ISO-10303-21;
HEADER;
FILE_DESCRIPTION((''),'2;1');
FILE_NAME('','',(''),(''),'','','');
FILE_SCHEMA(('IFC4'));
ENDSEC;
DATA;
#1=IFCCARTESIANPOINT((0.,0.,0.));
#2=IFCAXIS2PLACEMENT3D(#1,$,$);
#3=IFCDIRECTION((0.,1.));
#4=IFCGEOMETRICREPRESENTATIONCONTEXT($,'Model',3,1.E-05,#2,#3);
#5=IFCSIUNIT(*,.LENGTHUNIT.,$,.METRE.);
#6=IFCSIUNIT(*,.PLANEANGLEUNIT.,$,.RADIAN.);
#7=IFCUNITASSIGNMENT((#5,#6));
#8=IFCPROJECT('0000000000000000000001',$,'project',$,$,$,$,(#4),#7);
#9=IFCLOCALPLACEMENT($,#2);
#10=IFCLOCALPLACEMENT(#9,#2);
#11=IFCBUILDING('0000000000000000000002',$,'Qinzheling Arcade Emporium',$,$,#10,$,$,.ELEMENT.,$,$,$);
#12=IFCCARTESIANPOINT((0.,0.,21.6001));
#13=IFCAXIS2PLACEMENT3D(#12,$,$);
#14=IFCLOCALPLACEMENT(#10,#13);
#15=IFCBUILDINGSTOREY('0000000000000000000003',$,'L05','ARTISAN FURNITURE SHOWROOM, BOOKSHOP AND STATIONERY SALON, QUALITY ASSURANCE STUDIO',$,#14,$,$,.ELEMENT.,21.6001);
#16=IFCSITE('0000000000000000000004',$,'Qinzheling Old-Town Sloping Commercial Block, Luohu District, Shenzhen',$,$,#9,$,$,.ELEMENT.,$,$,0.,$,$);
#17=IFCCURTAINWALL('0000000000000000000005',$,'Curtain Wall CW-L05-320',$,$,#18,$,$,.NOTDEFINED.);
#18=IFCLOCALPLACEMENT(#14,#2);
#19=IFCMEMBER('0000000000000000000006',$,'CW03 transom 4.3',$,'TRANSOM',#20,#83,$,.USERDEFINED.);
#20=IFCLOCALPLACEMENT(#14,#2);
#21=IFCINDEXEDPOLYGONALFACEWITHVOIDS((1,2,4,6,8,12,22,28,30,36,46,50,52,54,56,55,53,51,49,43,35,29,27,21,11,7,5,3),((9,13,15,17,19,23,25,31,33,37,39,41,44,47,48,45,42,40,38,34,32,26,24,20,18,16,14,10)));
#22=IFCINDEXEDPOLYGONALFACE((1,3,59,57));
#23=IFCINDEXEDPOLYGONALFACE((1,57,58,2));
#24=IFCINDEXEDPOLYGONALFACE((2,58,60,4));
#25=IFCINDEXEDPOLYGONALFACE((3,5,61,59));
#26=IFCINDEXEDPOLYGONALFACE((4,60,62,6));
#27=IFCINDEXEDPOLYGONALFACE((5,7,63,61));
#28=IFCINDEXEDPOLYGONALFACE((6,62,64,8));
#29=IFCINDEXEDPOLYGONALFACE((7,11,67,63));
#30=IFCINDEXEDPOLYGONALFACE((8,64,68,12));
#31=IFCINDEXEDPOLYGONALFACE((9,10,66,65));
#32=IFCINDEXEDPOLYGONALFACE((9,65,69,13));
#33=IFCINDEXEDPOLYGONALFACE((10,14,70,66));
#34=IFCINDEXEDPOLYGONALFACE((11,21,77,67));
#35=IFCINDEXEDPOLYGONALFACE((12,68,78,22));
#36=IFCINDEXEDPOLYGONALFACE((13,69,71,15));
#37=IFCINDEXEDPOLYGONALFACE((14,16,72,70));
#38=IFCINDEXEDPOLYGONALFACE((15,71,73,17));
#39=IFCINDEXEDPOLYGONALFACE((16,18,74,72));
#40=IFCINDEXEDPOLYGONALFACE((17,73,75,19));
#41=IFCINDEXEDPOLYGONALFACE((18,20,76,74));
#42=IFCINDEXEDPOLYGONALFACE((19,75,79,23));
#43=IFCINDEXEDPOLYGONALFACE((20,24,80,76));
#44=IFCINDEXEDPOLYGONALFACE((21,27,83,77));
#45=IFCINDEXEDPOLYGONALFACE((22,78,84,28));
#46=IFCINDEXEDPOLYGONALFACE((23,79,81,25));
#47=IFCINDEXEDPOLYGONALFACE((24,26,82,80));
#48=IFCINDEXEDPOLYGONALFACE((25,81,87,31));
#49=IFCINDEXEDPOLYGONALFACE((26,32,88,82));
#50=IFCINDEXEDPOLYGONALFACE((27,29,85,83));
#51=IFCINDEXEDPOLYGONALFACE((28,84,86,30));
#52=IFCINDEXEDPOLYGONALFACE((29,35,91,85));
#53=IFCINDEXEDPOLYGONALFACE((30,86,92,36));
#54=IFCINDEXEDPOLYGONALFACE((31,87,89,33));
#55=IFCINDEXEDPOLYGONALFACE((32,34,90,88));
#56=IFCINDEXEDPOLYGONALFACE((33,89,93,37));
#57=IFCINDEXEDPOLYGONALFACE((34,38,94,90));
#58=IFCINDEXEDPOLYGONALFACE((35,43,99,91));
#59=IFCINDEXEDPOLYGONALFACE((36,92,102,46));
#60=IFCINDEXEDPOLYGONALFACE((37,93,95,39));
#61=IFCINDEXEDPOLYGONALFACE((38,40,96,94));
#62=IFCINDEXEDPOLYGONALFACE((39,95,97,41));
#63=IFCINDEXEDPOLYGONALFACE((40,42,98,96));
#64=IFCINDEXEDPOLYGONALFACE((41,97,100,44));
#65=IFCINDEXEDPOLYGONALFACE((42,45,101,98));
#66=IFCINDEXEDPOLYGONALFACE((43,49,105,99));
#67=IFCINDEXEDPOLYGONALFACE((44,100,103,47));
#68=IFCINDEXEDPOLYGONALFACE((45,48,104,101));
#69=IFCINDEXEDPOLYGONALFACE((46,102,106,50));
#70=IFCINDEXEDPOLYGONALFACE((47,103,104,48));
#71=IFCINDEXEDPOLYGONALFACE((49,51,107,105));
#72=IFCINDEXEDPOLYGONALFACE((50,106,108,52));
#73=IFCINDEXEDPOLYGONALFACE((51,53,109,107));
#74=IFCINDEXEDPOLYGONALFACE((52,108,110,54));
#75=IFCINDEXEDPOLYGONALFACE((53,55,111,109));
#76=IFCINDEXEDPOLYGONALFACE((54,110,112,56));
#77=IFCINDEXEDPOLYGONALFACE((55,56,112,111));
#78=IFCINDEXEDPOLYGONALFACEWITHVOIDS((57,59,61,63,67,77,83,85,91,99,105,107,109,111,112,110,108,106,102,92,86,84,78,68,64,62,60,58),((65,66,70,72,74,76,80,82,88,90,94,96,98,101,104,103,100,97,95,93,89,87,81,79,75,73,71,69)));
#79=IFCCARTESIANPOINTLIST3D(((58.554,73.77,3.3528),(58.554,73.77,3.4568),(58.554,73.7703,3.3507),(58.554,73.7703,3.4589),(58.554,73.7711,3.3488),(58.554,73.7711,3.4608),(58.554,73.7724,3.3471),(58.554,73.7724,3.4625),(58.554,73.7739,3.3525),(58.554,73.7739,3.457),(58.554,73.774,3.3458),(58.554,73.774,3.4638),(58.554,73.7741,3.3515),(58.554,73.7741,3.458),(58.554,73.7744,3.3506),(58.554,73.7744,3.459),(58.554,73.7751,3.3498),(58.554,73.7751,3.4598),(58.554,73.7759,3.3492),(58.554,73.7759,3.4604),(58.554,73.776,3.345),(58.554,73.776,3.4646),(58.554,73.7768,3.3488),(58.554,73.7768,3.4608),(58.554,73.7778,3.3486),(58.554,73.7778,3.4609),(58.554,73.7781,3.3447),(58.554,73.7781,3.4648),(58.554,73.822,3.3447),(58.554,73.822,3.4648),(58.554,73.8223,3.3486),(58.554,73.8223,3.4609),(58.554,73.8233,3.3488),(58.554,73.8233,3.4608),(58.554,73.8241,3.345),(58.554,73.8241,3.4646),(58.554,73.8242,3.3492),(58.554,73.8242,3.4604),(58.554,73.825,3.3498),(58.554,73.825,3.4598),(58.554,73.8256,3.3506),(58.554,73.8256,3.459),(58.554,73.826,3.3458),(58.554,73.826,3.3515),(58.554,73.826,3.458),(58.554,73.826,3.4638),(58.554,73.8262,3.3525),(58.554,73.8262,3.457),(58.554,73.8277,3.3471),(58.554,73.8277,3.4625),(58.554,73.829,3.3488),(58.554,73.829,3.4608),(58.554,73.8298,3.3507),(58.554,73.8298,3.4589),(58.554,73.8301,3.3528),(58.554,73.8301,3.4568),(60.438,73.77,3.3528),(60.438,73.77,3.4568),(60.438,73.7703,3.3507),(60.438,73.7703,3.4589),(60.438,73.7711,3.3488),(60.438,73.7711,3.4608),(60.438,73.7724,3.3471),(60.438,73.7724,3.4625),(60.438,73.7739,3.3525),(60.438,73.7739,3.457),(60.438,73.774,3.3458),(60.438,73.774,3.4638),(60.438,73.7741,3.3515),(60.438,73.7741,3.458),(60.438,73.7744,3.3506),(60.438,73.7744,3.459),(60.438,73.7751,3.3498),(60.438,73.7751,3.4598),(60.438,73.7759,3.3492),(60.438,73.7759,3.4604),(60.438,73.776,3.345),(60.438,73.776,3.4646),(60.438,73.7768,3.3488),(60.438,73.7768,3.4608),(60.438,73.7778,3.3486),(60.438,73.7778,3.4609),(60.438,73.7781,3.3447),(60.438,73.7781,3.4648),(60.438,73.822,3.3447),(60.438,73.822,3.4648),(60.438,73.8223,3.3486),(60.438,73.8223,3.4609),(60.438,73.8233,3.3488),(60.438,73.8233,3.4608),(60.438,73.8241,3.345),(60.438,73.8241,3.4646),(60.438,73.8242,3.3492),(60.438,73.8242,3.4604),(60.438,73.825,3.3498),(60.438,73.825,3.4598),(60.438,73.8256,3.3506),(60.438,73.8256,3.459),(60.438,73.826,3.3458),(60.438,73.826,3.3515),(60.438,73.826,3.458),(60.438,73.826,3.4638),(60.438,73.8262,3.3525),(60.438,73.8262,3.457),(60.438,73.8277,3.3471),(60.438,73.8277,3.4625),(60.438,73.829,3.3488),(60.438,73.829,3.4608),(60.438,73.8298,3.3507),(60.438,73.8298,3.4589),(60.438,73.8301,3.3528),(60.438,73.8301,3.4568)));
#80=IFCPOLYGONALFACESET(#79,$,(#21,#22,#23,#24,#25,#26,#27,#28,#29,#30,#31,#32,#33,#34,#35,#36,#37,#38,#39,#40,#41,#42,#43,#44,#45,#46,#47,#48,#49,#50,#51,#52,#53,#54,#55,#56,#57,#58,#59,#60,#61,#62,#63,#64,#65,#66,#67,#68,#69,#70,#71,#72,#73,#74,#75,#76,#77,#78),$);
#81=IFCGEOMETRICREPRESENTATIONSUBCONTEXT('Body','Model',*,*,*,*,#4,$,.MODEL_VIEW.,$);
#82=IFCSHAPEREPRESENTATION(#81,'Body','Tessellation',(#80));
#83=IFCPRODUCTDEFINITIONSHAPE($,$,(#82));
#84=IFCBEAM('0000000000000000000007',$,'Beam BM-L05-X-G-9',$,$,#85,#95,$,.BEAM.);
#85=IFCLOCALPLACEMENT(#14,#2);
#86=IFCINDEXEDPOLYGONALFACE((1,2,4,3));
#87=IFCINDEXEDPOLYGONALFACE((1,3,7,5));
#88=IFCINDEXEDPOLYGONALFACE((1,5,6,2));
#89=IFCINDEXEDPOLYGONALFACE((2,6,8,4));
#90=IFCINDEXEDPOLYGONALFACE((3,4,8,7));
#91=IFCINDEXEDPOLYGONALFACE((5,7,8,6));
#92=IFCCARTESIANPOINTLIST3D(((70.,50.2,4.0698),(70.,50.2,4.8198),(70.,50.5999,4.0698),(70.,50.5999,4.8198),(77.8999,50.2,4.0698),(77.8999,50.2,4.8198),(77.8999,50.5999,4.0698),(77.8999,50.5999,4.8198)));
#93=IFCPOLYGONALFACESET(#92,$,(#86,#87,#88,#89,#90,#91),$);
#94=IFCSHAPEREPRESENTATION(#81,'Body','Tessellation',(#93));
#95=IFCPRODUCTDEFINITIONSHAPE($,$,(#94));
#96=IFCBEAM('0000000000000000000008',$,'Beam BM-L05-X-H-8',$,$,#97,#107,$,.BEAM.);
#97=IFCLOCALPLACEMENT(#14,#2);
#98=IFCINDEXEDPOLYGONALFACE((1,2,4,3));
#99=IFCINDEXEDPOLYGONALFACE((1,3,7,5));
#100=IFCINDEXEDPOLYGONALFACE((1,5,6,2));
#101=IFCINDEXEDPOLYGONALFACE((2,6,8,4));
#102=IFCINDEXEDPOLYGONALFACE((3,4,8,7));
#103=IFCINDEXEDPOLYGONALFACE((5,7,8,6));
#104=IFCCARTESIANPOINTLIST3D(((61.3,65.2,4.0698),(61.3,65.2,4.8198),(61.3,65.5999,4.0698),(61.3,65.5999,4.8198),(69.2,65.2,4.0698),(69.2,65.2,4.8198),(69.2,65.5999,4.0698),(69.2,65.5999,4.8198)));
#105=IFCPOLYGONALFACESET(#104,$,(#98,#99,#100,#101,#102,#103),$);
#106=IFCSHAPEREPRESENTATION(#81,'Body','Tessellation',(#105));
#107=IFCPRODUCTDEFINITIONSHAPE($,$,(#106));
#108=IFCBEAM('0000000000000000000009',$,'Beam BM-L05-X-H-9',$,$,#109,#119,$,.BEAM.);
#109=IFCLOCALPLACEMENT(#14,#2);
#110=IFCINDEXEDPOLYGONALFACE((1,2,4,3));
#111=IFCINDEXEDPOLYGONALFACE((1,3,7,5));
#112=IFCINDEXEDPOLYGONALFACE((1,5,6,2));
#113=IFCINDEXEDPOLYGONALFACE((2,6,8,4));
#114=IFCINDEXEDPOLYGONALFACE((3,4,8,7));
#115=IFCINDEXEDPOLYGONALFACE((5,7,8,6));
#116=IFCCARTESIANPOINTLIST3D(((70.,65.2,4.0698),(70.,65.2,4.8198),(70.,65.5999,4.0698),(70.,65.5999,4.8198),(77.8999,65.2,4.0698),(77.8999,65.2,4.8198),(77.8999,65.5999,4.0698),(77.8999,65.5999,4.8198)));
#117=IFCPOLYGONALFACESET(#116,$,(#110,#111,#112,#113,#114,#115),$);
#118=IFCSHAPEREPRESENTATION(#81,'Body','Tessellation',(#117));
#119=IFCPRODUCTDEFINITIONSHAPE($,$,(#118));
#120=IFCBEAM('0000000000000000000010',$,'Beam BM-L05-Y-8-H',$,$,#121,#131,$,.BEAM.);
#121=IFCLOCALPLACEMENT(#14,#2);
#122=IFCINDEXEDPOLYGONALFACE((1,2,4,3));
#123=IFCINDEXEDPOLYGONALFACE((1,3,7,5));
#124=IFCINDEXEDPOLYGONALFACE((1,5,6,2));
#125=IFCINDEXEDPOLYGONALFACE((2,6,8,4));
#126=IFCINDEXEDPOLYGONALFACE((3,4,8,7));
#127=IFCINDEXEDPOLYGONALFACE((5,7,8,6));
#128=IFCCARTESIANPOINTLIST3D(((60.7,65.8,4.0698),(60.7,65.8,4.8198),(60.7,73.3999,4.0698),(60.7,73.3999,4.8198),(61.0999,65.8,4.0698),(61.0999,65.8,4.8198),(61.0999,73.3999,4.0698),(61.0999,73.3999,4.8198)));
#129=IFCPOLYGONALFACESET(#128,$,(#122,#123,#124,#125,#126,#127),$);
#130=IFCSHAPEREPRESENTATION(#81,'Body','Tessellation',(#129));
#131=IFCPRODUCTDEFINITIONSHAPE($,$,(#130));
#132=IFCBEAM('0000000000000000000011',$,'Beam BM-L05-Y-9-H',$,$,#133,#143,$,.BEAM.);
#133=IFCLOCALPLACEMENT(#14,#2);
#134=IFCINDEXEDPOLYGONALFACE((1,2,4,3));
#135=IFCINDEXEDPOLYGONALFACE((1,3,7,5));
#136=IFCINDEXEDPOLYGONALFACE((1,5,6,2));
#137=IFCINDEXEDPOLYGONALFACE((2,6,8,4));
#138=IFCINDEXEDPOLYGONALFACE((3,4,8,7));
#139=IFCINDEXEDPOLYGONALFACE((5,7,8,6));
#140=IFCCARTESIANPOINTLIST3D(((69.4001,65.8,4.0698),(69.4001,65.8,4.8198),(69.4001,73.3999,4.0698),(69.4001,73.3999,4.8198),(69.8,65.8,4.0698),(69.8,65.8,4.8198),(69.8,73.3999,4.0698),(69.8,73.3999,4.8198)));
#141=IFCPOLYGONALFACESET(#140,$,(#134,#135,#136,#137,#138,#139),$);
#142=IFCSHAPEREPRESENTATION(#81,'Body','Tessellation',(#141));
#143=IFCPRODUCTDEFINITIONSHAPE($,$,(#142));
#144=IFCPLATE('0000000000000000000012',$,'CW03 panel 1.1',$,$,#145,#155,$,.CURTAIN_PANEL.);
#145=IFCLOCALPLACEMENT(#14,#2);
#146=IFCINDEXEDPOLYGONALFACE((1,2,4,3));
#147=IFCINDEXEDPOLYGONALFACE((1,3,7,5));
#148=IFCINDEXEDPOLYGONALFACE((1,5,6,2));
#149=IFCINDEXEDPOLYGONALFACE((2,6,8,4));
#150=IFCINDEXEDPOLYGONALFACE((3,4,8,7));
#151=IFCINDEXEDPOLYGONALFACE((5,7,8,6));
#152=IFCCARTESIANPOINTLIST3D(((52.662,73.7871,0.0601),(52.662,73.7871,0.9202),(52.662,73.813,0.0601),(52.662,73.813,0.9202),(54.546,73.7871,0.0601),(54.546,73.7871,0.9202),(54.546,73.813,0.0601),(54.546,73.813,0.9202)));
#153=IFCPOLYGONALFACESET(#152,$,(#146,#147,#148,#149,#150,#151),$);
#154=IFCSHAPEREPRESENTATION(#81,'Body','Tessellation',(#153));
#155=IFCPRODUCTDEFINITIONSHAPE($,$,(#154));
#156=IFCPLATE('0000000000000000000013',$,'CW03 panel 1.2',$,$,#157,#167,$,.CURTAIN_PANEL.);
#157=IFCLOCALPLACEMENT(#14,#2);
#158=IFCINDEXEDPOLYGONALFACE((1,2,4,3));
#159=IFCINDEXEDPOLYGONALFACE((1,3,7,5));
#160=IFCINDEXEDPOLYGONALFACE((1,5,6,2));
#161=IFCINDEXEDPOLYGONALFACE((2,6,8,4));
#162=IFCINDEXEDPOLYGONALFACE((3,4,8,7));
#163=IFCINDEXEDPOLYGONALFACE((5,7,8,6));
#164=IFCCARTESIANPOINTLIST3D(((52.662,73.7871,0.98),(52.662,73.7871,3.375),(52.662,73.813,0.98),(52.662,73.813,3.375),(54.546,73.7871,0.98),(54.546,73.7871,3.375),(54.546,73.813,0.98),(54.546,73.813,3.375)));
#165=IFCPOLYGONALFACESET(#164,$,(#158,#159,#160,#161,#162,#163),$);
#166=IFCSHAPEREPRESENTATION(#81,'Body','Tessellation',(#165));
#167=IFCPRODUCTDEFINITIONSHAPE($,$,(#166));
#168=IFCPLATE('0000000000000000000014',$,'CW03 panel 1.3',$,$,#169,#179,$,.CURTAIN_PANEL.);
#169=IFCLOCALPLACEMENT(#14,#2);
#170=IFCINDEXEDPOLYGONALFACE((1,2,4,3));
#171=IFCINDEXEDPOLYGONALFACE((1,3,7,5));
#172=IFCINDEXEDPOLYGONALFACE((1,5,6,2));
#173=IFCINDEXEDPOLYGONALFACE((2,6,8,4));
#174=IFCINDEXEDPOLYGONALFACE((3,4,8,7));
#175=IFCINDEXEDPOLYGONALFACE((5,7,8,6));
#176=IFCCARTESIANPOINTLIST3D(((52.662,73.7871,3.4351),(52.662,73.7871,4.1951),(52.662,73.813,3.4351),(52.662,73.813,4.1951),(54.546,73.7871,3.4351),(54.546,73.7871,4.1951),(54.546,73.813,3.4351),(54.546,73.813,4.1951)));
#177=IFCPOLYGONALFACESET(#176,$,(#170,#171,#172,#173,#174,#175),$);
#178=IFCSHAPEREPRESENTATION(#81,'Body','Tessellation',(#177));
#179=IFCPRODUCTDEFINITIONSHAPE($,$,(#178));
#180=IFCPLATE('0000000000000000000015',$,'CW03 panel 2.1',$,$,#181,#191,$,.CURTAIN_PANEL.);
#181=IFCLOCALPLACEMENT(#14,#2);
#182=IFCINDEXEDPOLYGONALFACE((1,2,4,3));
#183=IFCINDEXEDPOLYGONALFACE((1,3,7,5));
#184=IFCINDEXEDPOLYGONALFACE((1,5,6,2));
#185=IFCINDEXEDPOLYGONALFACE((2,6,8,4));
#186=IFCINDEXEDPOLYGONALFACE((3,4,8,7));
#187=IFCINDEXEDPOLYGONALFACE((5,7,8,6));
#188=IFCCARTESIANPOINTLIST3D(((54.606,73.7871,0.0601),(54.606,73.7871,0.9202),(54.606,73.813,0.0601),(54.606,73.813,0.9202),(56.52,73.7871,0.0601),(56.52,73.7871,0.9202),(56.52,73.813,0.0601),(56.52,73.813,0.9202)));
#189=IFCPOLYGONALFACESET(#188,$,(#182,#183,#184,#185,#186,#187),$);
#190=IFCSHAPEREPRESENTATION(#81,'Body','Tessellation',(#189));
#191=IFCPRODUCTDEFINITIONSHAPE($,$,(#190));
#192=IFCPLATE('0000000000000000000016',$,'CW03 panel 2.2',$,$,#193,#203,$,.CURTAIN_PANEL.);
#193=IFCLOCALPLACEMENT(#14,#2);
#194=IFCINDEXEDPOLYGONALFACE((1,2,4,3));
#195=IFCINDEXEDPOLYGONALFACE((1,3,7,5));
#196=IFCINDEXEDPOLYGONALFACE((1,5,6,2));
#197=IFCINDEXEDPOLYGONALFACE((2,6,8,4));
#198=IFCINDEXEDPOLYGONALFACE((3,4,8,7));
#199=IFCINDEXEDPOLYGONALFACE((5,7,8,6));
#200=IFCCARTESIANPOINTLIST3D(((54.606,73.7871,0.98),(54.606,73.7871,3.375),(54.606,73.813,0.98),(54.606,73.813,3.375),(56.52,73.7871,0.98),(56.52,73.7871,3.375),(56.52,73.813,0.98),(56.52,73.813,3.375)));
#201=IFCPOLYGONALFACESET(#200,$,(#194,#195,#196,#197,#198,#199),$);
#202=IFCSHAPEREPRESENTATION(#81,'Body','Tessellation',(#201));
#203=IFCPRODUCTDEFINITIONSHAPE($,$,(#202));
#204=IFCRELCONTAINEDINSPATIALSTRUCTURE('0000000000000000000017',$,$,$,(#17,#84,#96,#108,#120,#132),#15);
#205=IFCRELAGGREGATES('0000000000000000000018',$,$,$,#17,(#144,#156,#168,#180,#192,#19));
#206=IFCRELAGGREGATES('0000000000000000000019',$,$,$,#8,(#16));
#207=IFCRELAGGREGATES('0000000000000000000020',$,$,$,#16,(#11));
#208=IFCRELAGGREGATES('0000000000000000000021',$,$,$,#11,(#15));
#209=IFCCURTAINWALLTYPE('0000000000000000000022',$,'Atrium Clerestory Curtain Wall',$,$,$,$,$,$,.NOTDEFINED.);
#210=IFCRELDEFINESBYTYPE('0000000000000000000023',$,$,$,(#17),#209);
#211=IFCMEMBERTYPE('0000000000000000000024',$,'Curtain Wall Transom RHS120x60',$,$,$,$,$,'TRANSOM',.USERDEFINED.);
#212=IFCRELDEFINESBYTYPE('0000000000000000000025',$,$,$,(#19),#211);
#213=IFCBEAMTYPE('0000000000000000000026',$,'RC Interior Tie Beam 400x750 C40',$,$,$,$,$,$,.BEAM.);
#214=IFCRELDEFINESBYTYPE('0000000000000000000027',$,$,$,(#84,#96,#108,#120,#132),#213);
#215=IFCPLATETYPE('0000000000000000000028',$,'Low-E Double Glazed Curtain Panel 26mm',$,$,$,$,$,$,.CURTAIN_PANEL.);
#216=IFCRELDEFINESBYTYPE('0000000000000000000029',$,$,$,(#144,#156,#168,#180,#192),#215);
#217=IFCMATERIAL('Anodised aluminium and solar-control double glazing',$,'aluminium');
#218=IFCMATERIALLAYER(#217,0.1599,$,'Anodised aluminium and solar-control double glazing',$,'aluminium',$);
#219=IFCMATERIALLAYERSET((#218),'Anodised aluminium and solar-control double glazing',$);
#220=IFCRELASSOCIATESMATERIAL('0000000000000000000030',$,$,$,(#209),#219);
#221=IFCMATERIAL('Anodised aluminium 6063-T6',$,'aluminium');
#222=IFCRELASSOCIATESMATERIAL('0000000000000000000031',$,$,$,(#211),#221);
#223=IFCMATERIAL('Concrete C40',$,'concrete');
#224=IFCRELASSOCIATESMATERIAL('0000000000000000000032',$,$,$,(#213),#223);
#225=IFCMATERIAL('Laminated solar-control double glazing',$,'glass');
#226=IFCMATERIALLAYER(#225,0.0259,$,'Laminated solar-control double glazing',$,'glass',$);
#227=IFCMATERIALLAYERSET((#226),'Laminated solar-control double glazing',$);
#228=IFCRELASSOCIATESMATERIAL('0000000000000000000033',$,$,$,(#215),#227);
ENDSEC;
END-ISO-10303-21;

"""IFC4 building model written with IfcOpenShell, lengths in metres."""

from ifc_helpers import new_model, si_unit, direction, frame, origin, origin_2d, place, context, subcontext, project, spatial, rectangle, hollow_rectangle, extrude, material, layer, layer_set, material_profile, profile_set, type_object, element, aggregate, save


model = new_model("IFC4")

# Units and contexts
model_context = context("Model", 3, precision=1e-05, world=origin(), true_north=direction((0.0, 1.0)))
body_context = subcontext(model_context, "Body", "Model", "MODEL_VIEW")
ifc_project = project(units=[si_unit("LENGTHUNIT", "METRE"), si_unit("PLANEANGLEUNIT", "RADIAN")], contexts=[model_context])

# Site, building, storey
site_placement = place(None, origin())
site = spatial("IfcSite", under=ifc_project, at=site_placement, Name="Qinzheling Old-Town Sloping Commercial Block, Luohu District, Shenzhen", CompositionType="ELEMENT", RefElevation=0.0)
building_placement = place(site_placement, origin())
building = spatial("IfcBuilding", under=site, at=building_placement, Name="Qinzheling Arcade Emporium", CompositionType="ELEMENT")
storey_placement = place(building_placement, frame((0.0, 0.0, 21.6001)))
storey = spatial("IfcBuildingStorey", under=building, at=storey_placement, Name="L05", Description="ARTISAN FURNITURE SHOWROOM, BOOKSHOP AND STATIONERY SALON, QUALITY ASSURANCE STUDIO", CompositionType="ELEMENT", Elevation=21.6001)

# Shared definitions
ifc_material_1 = material(Name="Concrete C40", Category="concrete")

# Curtain wall, member
ifc_material_2 = material(Name="Anodised aluminium and solar-control double glazing", Category="aluminium")
ifc_layer_1 = layer(ifc_material_2, 0.1599, Name="Anodised aluminium and solar-control double glazing", Category="aluminium")
ifc_layer_set_1 = layer_set([ifc_layer_1], Name="Anodised aluminium and solar-control double glazing")
curtain_wall_type = type_object("IfcCurtainWallType", Name="Atrium Clerestory Curtain Wall", PredefinedType="NOTDEFINED", material=ifc_layer_set_1)
curtain_wall_placement = place(storey_placement, origin())
curtain_wall = element("IfcCurtainWall", 1, at=curtain_wall_placement, inside=storey, type_object=curtain_wall_type, Name="Curtain Wall CW-L05-320", PredefinedType="NOTDEFINED")
ifc_material_3 = material(Name="Anodised aluminium 6063-T6", Category="aluminium")
ifc_material_profile_1 = material_profile(ifc_material_3, hollow_rectangle(XDim=0.0601, YDim=0.1201, WallThickness=0.0039, InnerFilletRadius=0.0039, OuterFilletRadius=0.0081, at=origin_2d()), Name="RHS 120x60x4", Category="aluminium")
ifc_profile_set_1 = profile_set([ifc_material_profile_1], Name="Anodised aluminium 6063-T6")
member_type_1 = type_object("IfcMemberType", Name="Curtain Wall Transom RHS120x60", ElementType="TRANSOM", PredefinedType="USERDEFINED", material=ifc_profile_set_1)
member_1_placement = place(storey_placement, frame((58.554, 73.8, 3.4048), z_axis=(1.0, 0.0, 0.0), x_axis=(0.0, 1.0, 0.0)))
member_1 = element("IfcMember", 2, at=member_1_placement, type_object=member_type_1, Name="CW03 transom 4.3", ObjectType="TRANSOM", PredefinedType="USERDEFINED", context=body_context, shape_type="SweptSolid", body=[
    extrude(hollow_rectangle(XDim=0.0601, YDim=0.1201, WallThickness=0.0039, InnerFilletRadius=0.0039, OuterFilletRadius=0.0081, at=origin_2d()), origin(), (0.0, 0.0, 1.0), 1.884),
])

# Beams
ifc_material_profile_2 = material_profile(ifc_material_1, rectangle(XDim=0.3999, YDim=0.75, at=origin_2d()), Name="RC 400x750", Category="concrete")
ifc_profile_set_2 = profile_set([ifc_material_profile_2], Name="Concrete C40")
beam_type = type_object("IfcBeamType", Name="RC Interior Tie Beam 400x750 C40", PredefinedType="BEAM", material=ifc_profile_set_2)
for number, where, z_axis, x_axis, name in (
    (3, (70.0, 50.3999, 4.4448), (1.0, 0.0, 0.0), (0.0, 1.0, 0.0), "Beam BM-L05-X-G-9"),
    (4, (61.3, 65.3999, 4.4448), (1.0, 0.0, 0.0), (0.0, 1.0, 0.0), "Beam BM-L05-X-H-8"),
    (5, (70.0, 65.3999, 4.4448), (1.0, 0.0, 0.0), (0.0, 1.0, 0.0), "Beam BM-L05-X-H-9"),
):
    element("IfcBeam", number, at=place(storey_placement, frame(where, z_axis=z_axis, x_axis=x_axis)), inside=storey, type_object=beam_type, Name=name, PredefinedType="BEAM", context=body_context, shape_type="SweptSolid", body=[
        extrude(rectangle(XDim=0.3999, YDim=0.75, at=origin_2d()), origin(), (0.0, 0.0, 1.0), 7.8999),
    ])
for number, where, z_axis, x_axis, name in (
    (6, (60.8999, 65.8, 4.4448), (0.0, 1.0, 0.0), (-1.0, 0.0, 0.0), "Beam BM-L05-Y-8-H"),
    (7, (69.6001, 65.8, 4.4448), (0.0, 1.0, 0.0), (-1.0, 0.0, 0.0), "Beam BM-L05-Y-9-H"),
):
    element("IfcBeam", number, at=place(storey_placement, frame(where, z_axis=z_axis, x_axis=x_axis)), inside=storey, type_object=beam_type, Name=name, PredefinedType="BEAM", context=body_context, shape_type="SweptSolid", body=[
        extrude(rectangle(XDim=0.3999, YDim=0.75, at=origin_2d()), origin(), (0.0, 0.0, 1.0), 7.5999),
    ])

# Plates
ifc_material_4 = material(Name="Laminated solar-control double glazing", Category="glass")
ifc_layer_2 = layer(ifc_material_4, 0.0259, Name="Laminated solar-control double glazing", Category="glass")
ifc_layer_set_2 = layer_set([ifc_layer_2], Name="Laminated solar-control double glazing")
plate_type = type_object("IfcPlateType", Name="Low-E Double Glazed Curtain Panel 26mm", PredefinedType="CURTAIN_PANEL", material=ifc_layer_set_2)
plate_1_placement = place(storey_placement, frame((53.604, 73.8, 0.0601), z_axis=(0.0, 0.0, 1.0), x_axis=(1.0, 0.0, 0.0)))
plate_1 = element("IfcPlate", 8, at=plate_1_placement, type_object=plate_type, Name="CW03 panel 1.1", PredefinedType="CURTAIN_PANEL", context=body_context, shape_type="SweptSolid", body=[
    extrude(rectangle(XDim=1.884, YDim=0.0259, at=origin_2d()), origin(), (0.0, 0.0, 1.0), 0.8601),
])
plate_2_placement = place(storey_placement, frame((53.604, 73.8, 0.98), z_axis=(0.0, 0.0, 1.0), x_axis=(1.0, 0.0, 0.0)))
plate_2 = element("IfcPlate", 9, at=plate_2_placement, type_object=plate_type, Name="CW03 panel 1.2", PredefinedType="CURTAIN_PANEL", context=body_context, shape_type="SweptSolid", body=[
    extrude(rectangle(XDim=1.884, YDim=0.0259, at=origin_2d()), origin(), (0.0, 0.0, 1.0), 2.395),
])
plate_3_placement = place(storey_placement, frame((53.604, 73.8, 3.4351), z_axis=(0.0, 0.0, 1.0), x_axis=(1.0, 0.0, 0.0)))
plate_3 = element("IfcPlate", 10, at=plate_3_placement, type_object=plate_type, Name="CW03 panel 1.3", PredefinedType="CURTAIN_PANEL", context=body_context, shape_type="SweptSolid", body=[
    extrude(rectangle(XDim=1.884, YDim=0.0259, at=origin_2d()), origin(), (0.0, 0.0, 1.0), 0.76),
])
plate_4_placement = place(storey_placement, frame((55.563, 73.8, 0.0601), z_axis=(0.0, 0.0, 1.0), x_axis=(1.0, 0.0, 0.0)))
plate_4 = element("IfcPlate", 11, at=plate_4_placement, type_object=plate_type, Name="CW03 panel 2.1", PredefinedType="CURTAIN_PANEL", context=body_context, shape_type="SweptSolid", body=[
    extrude(rectangle(XDim=1.9141, YDim=0.0259, at=origin_2d()), origin(), (0.0, 0.0, 1.0), 0.8601),
])
plate_5_placement = place(storey_placement, frame((55.563, 73.8, 0.98), z_axis=(0.0, 0.0, 1.0), x_axis=(1.0, 0.0, 0.0)))
plate_5 = element("IfcPlate", 12, at=plate_5_placement, type_object=plate_type, Name="CW03 panel 2.2", PredefinedType="CURTAIN_PANEL", context=body_context, shape_type="SweptSolid", body=[
    extrude(rectangle(XDim=1.9141, YDim=0.0259, at=origin_2d()), origin(), (0.0, 0.0, 1.0), 2.395),
])
aggregate(curtain_wall, [plate_1, plate_2, plate_3, plate_4, plate_5, member_1])

save(model, "model.ifc")
